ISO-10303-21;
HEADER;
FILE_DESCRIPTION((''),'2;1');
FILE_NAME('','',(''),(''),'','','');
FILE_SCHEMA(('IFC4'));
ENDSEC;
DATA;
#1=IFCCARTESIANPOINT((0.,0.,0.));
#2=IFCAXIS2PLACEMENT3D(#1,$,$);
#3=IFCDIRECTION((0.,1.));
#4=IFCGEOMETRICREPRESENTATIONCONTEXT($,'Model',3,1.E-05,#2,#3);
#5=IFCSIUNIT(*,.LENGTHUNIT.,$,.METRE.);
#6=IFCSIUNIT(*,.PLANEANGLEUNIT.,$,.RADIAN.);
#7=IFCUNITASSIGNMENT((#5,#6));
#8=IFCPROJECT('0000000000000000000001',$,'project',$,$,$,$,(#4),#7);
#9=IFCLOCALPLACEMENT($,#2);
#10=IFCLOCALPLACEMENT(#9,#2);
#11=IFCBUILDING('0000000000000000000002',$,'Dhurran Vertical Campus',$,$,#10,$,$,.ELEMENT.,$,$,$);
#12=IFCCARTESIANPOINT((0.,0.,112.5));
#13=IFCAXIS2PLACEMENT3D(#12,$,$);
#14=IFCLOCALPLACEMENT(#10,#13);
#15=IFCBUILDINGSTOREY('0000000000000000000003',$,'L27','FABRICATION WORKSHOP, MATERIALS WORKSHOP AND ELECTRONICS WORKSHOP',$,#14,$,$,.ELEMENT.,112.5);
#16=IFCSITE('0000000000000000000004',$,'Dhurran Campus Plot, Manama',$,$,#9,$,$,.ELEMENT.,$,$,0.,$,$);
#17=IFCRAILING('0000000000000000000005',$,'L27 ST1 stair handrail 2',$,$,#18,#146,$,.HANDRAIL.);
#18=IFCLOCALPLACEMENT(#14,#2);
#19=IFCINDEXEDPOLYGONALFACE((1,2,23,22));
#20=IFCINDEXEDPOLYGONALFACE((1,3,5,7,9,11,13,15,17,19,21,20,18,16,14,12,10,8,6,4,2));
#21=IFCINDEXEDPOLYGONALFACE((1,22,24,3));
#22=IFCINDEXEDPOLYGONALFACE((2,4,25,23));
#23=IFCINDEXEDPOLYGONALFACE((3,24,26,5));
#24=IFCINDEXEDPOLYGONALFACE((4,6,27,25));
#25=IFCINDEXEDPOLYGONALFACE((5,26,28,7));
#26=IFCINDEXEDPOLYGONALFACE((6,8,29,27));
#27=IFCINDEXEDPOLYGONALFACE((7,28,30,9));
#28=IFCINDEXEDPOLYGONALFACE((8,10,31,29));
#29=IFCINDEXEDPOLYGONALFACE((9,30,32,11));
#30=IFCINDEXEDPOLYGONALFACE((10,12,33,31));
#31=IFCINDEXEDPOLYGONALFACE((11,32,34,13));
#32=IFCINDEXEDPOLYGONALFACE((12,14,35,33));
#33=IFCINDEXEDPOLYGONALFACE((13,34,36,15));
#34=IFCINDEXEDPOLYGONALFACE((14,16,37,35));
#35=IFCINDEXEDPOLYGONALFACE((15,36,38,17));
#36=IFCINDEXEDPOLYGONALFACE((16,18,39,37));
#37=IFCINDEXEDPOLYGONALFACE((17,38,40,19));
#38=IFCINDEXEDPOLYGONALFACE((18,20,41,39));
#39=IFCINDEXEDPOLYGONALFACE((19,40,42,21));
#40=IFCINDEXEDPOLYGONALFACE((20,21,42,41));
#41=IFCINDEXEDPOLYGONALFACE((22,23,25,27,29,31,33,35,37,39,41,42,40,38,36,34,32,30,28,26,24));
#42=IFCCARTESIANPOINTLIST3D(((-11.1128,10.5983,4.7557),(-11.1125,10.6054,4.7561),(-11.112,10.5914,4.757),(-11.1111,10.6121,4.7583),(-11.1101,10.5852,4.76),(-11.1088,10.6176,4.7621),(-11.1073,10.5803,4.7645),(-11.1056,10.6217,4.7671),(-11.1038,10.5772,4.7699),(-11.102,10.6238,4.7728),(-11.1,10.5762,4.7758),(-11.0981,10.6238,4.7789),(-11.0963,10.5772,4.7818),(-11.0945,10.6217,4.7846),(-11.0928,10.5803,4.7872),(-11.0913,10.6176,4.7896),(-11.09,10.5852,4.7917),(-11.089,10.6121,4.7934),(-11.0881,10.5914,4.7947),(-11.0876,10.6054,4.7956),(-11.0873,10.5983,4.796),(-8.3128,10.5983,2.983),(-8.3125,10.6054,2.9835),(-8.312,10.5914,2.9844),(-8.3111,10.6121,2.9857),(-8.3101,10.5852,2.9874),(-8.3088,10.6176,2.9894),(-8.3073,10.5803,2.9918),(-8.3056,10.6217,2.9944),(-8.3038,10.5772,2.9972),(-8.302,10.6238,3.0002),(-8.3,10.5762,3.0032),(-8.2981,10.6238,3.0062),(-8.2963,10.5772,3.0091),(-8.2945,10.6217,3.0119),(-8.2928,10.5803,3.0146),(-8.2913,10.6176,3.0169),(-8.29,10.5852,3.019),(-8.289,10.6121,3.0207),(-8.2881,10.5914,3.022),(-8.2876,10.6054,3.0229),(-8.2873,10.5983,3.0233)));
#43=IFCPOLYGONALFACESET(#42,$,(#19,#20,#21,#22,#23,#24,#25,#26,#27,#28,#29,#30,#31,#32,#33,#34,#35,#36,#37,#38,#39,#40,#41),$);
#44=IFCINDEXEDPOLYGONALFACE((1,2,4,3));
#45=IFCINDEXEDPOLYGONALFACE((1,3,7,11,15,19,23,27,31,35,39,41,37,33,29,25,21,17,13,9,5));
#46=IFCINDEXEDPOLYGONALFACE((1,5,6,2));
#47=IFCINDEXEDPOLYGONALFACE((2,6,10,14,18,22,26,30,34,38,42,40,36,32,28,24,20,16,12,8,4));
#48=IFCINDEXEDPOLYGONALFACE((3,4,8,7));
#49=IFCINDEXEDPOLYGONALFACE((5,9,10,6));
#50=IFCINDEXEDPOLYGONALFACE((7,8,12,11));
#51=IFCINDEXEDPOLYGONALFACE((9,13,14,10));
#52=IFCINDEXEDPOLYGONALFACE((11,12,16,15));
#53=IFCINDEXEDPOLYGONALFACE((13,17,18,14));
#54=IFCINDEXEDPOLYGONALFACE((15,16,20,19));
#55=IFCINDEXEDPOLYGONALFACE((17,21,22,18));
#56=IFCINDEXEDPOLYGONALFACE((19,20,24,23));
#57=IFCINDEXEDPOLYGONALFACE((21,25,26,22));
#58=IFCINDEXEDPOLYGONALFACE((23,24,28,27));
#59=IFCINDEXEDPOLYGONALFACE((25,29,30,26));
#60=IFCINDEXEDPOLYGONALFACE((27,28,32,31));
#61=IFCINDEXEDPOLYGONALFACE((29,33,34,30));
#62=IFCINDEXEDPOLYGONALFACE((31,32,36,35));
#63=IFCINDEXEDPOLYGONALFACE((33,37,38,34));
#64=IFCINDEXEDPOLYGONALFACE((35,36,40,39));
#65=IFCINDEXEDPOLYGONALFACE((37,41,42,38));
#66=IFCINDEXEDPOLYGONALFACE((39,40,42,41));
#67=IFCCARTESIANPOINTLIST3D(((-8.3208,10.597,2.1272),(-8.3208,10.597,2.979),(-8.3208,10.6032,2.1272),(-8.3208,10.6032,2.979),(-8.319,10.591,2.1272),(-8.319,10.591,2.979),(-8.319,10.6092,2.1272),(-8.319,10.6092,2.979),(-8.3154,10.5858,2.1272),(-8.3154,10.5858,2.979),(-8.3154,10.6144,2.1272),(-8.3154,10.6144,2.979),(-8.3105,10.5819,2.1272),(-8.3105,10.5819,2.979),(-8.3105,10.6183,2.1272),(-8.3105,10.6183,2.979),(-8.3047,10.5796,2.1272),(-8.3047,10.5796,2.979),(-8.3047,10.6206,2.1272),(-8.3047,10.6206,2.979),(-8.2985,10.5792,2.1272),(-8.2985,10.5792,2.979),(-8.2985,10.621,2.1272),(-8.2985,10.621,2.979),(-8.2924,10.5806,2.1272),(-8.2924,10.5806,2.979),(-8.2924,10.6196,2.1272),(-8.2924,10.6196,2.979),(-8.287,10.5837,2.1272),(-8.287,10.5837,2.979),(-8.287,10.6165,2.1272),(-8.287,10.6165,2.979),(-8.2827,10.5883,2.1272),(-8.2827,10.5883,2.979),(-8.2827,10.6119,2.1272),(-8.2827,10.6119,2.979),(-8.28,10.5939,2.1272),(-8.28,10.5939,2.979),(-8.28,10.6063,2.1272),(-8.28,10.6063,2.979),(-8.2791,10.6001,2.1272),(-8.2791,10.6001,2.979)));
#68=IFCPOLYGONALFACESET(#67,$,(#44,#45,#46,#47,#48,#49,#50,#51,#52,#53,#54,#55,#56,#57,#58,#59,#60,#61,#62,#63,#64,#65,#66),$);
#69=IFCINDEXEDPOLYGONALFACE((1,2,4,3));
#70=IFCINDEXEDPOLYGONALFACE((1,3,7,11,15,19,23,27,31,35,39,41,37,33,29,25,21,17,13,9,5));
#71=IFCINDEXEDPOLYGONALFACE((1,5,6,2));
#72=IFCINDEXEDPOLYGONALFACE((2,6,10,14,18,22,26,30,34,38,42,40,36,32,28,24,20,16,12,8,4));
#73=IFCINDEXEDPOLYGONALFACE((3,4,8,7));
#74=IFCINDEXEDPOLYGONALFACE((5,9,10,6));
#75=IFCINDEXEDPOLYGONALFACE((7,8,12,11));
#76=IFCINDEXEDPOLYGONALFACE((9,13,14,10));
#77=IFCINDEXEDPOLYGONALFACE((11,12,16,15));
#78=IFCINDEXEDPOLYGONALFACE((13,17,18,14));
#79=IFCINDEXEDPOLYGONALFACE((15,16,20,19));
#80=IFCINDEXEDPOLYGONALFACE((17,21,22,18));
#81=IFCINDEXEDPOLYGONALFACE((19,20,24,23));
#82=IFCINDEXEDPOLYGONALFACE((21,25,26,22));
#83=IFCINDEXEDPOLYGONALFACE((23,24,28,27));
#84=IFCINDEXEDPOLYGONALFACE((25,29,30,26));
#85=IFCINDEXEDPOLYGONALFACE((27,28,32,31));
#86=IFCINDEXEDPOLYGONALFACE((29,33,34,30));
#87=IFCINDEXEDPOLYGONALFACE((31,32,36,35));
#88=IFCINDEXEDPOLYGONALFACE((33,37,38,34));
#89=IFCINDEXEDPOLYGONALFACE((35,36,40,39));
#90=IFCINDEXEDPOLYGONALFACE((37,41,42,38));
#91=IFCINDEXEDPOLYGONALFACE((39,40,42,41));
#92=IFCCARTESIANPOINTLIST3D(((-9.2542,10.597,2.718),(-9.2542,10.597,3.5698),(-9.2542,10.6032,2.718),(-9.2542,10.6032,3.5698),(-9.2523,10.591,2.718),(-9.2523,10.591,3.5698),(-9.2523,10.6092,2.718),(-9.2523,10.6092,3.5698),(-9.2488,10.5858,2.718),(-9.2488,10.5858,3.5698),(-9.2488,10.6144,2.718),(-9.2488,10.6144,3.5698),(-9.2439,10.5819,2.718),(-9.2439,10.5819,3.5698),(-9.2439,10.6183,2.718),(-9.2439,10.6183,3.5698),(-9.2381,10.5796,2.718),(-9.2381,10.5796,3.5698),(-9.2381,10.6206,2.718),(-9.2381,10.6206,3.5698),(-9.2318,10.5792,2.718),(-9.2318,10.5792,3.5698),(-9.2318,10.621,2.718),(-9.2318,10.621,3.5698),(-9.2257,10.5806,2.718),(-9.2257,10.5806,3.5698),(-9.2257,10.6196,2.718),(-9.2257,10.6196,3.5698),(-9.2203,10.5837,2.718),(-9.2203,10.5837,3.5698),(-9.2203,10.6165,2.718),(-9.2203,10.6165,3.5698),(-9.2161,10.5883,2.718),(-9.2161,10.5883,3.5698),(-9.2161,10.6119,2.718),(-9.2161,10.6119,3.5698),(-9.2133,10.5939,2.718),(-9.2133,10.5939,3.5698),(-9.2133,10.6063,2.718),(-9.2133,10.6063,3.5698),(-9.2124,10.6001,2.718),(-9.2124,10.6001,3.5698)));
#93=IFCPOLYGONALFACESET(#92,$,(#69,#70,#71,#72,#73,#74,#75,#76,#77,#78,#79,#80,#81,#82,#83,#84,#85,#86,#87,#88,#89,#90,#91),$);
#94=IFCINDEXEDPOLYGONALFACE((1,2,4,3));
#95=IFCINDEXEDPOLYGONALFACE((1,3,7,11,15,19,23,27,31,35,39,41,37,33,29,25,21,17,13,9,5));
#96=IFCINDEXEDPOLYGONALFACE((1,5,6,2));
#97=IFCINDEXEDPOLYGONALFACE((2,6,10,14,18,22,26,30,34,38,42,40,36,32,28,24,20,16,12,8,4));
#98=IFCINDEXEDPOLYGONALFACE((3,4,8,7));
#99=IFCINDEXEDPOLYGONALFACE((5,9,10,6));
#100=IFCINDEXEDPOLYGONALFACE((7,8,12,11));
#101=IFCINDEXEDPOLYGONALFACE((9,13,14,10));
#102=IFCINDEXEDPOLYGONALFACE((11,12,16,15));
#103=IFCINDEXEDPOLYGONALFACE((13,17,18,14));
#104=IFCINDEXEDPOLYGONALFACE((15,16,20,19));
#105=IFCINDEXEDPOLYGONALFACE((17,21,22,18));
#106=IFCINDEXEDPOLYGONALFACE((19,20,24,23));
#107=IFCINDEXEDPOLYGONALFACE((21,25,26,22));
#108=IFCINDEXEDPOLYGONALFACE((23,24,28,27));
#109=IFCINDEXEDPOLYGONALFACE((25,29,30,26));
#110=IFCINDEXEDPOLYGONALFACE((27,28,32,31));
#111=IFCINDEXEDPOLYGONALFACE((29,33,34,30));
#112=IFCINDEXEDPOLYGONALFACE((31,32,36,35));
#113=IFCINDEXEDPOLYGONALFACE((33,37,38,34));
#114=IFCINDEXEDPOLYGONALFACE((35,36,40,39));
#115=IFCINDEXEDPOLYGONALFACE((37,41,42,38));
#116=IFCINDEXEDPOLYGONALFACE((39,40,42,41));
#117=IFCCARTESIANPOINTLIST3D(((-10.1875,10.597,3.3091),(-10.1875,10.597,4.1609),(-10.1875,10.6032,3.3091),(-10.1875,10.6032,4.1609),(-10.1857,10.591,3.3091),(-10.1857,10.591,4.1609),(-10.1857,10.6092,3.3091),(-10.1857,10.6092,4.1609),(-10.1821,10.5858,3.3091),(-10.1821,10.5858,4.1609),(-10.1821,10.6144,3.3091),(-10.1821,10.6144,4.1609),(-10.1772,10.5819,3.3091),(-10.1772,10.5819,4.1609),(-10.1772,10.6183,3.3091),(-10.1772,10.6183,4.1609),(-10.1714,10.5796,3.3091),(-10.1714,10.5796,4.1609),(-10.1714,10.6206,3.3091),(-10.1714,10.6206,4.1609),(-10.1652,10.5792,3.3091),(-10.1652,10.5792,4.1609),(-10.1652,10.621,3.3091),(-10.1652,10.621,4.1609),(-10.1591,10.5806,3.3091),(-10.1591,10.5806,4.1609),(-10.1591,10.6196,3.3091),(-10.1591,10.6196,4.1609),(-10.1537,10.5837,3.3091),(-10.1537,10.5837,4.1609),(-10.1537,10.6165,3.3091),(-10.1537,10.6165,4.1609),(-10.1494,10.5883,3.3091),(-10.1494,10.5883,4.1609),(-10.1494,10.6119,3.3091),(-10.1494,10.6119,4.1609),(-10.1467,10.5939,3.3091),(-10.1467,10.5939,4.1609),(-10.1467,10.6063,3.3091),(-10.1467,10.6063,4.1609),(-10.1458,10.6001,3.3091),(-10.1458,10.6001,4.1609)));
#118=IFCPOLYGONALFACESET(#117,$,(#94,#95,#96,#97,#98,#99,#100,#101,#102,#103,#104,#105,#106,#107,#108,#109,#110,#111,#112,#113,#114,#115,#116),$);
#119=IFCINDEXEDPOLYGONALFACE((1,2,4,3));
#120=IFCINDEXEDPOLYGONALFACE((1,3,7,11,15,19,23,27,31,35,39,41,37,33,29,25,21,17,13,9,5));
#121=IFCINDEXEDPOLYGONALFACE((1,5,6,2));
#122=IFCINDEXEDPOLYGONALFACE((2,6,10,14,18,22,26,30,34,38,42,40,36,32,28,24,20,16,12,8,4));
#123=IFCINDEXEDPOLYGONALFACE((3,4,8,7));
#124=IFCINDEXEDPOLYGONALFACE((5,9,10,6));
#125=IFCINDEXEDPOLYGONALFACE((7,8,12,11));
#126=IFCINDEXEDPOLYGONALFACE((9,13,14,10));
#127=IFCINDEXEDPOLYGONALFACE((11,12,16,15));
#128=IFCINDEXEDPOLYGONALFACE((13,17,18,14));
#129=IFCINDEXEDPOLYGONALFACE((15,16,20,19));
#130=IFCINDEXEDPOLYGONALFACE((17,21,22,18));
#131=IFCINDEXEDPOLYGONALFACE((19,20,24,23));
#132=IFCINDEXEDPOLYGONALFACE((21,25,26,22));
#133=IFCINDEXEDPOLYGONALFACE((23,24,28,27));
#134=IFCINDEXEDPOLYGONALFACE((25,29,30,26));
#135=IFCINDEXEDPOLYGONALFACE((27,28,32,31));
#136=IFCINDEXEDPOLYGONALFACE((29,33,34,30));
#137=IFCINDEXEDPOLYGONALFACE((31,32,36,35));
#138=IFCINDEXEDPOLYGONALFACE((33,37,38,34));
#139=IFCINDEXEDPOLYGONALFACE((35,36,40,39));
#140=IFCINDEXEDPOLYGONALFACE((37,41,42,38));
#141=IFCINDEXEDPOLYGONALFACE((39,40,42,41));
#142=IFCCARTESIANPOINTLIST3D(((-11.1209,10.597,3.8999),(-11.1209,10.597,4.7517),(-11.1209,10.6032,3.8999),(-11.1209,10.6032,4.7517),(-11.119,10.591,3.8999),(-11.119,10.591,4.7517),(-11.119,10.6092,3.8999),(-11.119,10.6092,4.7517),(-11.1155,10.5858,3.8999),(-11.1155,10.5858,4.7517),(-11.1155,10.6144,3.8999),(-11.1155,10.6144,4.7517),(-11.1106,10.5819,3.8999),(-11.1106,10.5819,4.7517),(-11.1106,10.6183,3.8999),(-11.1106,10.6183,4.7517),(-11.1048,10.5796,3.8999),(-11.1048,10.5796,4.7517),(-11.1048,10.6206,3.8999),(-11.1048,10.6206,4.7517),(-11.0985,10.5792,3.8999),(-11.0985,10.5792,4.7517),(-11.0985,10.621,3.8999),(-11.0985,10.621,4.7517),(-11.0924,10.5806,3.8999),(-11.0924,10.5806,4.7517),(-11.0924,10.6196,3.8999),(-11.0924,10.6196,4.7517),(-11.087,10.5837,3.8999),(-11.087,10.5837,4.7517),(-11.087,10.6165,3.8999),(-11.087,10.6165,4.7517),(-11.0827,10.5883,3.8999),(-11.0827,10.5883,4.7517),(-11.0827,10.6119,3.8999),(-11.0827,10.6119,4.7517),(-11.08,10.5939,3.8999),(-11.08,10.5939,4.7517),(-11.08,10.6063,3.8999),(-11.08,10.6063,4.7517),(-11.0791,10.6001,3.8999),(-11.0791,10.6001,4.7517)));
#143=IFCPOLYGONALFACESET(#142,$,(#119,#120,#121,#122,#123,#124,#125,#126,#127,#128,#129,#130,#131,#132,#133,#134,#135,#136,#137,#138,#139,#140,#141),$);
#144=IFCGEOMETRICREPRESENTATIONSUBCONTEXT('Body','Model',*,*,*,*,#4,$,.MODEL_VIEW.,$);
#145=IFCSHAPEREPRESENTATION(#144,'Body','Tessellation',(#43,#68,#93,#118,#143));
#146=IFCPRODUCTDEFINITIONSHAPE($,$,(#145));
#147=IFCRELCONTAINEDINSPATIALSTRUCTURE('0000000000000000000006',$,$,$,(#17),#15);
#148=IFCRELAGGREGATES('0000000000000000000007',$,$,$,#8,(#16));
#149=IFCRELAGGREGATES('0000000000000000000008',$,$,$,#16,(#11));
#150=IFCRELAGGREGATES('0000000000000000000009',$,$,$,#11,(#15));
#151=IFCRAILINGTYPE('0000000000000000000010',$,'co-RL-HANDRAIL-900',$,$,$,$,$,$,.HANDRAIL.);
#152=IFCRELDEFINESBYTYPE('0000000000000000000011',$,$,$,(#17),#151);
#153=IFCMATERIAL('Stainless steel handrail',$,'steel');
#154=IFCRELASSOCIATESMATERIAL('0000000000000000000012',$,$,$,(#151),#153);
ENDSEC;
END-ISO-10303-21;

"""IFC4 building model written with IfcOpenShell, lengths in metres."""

from ifc_helpers import new_model, si_unit, direction, frame, origin, origin_2d, place, context, subcontext, project, spatial, circle, extrude, material, type_object, element, save


model = new_model("IFC4")

# Units and contexts
model_context = context("Model", 3, precision=1e-05, world=origin(), true_north=direction((0.0, 1.0)))
body_context = subcontext(model_context, "Body", "Model", "MODEL_VIEW")
ifc_project = project(units=[si_unit("LENGTHUNIT", "METRE"), si_unit("PLANEANGLEUNIT", "RADIAN")], contexts=[model_context])

# Site, building, storey
site_placement = place(None, origin())
site = spatial("IfcSite", under=ifc_project, at=site_placement, Name="Dhurran Campus Plot, Manama", CompositionType="ELEMENT", RefElevation=0.0)
building_placement = place(site_placement, origin())
building = spatial("IfcBuilding", under=site, at=building_placement, Name="Dhurran Vertical Campus", CompositionType="ELEMENT")
storey_placement = place(building_placement, frame((0.0, 0.0, 112.5)))
storey = spatial("IfcBuildingStorey", under=building, at=storey_placement, Name="L27", Description="FABRICATION WORKSHOP, MATERIALS WORKSHOP AND ELECTRONICS WORKSHOP", CompositionType="ELEMENT", Elevation=112.5)

# Railing
ifc_material_1 = material(Name="Stainless steel handrail", Category="steel")
railing_type = type_object("IfcRailingType", Name="co-RL-HANDRAIL-900", PredefinedType="HANDRAIL", material=ifc_material_1)
railing_placement = place(storey_placement, frame((-8.3, 10.6001, 2.1272)))
element("IfcRailing", 1, at=railing_placement, inside=storey, type_object=railing_type, Name="L27 ST1 stair handrail 2", PredefinedType="HANDRAIL", context=body_context, shape_type="SweptSolid", body=[
    extrude(circle(Radius=0.0239, at=origin_2d()), frame((0.0, 0.0, 0.876), z_axis=(-0.844909, 0.0, 0.53491), x_axis=(0.0, -1.0, 0.0)), (0.0, 0.0, 1.0), 3.314),
    extrude(circle(Radius=0.021, at=origin_2d()), origin(), (0.0, 0.0, 1.0), 0.8518),
    extrude(circle(Radius=0.021, at=origin_2d()), frame((-0.9333, 0.0, 0.5908)), (0.0, 0.0, 1.0), 0.8518),
    extrude(circle(Radius=0.021, at=origin_2d()), frame((-1.8667, 0.0, 1.1819)), (0.0, 0.0, 1.0), 0.8518),
    extrude(circle(Radius=0.021, at=origin_2d()), frame((-2.8, 0.0, 1.7727)), (0.0, 0.0, 1.0), 0.8518),
])

save(model, "model.ifc")
